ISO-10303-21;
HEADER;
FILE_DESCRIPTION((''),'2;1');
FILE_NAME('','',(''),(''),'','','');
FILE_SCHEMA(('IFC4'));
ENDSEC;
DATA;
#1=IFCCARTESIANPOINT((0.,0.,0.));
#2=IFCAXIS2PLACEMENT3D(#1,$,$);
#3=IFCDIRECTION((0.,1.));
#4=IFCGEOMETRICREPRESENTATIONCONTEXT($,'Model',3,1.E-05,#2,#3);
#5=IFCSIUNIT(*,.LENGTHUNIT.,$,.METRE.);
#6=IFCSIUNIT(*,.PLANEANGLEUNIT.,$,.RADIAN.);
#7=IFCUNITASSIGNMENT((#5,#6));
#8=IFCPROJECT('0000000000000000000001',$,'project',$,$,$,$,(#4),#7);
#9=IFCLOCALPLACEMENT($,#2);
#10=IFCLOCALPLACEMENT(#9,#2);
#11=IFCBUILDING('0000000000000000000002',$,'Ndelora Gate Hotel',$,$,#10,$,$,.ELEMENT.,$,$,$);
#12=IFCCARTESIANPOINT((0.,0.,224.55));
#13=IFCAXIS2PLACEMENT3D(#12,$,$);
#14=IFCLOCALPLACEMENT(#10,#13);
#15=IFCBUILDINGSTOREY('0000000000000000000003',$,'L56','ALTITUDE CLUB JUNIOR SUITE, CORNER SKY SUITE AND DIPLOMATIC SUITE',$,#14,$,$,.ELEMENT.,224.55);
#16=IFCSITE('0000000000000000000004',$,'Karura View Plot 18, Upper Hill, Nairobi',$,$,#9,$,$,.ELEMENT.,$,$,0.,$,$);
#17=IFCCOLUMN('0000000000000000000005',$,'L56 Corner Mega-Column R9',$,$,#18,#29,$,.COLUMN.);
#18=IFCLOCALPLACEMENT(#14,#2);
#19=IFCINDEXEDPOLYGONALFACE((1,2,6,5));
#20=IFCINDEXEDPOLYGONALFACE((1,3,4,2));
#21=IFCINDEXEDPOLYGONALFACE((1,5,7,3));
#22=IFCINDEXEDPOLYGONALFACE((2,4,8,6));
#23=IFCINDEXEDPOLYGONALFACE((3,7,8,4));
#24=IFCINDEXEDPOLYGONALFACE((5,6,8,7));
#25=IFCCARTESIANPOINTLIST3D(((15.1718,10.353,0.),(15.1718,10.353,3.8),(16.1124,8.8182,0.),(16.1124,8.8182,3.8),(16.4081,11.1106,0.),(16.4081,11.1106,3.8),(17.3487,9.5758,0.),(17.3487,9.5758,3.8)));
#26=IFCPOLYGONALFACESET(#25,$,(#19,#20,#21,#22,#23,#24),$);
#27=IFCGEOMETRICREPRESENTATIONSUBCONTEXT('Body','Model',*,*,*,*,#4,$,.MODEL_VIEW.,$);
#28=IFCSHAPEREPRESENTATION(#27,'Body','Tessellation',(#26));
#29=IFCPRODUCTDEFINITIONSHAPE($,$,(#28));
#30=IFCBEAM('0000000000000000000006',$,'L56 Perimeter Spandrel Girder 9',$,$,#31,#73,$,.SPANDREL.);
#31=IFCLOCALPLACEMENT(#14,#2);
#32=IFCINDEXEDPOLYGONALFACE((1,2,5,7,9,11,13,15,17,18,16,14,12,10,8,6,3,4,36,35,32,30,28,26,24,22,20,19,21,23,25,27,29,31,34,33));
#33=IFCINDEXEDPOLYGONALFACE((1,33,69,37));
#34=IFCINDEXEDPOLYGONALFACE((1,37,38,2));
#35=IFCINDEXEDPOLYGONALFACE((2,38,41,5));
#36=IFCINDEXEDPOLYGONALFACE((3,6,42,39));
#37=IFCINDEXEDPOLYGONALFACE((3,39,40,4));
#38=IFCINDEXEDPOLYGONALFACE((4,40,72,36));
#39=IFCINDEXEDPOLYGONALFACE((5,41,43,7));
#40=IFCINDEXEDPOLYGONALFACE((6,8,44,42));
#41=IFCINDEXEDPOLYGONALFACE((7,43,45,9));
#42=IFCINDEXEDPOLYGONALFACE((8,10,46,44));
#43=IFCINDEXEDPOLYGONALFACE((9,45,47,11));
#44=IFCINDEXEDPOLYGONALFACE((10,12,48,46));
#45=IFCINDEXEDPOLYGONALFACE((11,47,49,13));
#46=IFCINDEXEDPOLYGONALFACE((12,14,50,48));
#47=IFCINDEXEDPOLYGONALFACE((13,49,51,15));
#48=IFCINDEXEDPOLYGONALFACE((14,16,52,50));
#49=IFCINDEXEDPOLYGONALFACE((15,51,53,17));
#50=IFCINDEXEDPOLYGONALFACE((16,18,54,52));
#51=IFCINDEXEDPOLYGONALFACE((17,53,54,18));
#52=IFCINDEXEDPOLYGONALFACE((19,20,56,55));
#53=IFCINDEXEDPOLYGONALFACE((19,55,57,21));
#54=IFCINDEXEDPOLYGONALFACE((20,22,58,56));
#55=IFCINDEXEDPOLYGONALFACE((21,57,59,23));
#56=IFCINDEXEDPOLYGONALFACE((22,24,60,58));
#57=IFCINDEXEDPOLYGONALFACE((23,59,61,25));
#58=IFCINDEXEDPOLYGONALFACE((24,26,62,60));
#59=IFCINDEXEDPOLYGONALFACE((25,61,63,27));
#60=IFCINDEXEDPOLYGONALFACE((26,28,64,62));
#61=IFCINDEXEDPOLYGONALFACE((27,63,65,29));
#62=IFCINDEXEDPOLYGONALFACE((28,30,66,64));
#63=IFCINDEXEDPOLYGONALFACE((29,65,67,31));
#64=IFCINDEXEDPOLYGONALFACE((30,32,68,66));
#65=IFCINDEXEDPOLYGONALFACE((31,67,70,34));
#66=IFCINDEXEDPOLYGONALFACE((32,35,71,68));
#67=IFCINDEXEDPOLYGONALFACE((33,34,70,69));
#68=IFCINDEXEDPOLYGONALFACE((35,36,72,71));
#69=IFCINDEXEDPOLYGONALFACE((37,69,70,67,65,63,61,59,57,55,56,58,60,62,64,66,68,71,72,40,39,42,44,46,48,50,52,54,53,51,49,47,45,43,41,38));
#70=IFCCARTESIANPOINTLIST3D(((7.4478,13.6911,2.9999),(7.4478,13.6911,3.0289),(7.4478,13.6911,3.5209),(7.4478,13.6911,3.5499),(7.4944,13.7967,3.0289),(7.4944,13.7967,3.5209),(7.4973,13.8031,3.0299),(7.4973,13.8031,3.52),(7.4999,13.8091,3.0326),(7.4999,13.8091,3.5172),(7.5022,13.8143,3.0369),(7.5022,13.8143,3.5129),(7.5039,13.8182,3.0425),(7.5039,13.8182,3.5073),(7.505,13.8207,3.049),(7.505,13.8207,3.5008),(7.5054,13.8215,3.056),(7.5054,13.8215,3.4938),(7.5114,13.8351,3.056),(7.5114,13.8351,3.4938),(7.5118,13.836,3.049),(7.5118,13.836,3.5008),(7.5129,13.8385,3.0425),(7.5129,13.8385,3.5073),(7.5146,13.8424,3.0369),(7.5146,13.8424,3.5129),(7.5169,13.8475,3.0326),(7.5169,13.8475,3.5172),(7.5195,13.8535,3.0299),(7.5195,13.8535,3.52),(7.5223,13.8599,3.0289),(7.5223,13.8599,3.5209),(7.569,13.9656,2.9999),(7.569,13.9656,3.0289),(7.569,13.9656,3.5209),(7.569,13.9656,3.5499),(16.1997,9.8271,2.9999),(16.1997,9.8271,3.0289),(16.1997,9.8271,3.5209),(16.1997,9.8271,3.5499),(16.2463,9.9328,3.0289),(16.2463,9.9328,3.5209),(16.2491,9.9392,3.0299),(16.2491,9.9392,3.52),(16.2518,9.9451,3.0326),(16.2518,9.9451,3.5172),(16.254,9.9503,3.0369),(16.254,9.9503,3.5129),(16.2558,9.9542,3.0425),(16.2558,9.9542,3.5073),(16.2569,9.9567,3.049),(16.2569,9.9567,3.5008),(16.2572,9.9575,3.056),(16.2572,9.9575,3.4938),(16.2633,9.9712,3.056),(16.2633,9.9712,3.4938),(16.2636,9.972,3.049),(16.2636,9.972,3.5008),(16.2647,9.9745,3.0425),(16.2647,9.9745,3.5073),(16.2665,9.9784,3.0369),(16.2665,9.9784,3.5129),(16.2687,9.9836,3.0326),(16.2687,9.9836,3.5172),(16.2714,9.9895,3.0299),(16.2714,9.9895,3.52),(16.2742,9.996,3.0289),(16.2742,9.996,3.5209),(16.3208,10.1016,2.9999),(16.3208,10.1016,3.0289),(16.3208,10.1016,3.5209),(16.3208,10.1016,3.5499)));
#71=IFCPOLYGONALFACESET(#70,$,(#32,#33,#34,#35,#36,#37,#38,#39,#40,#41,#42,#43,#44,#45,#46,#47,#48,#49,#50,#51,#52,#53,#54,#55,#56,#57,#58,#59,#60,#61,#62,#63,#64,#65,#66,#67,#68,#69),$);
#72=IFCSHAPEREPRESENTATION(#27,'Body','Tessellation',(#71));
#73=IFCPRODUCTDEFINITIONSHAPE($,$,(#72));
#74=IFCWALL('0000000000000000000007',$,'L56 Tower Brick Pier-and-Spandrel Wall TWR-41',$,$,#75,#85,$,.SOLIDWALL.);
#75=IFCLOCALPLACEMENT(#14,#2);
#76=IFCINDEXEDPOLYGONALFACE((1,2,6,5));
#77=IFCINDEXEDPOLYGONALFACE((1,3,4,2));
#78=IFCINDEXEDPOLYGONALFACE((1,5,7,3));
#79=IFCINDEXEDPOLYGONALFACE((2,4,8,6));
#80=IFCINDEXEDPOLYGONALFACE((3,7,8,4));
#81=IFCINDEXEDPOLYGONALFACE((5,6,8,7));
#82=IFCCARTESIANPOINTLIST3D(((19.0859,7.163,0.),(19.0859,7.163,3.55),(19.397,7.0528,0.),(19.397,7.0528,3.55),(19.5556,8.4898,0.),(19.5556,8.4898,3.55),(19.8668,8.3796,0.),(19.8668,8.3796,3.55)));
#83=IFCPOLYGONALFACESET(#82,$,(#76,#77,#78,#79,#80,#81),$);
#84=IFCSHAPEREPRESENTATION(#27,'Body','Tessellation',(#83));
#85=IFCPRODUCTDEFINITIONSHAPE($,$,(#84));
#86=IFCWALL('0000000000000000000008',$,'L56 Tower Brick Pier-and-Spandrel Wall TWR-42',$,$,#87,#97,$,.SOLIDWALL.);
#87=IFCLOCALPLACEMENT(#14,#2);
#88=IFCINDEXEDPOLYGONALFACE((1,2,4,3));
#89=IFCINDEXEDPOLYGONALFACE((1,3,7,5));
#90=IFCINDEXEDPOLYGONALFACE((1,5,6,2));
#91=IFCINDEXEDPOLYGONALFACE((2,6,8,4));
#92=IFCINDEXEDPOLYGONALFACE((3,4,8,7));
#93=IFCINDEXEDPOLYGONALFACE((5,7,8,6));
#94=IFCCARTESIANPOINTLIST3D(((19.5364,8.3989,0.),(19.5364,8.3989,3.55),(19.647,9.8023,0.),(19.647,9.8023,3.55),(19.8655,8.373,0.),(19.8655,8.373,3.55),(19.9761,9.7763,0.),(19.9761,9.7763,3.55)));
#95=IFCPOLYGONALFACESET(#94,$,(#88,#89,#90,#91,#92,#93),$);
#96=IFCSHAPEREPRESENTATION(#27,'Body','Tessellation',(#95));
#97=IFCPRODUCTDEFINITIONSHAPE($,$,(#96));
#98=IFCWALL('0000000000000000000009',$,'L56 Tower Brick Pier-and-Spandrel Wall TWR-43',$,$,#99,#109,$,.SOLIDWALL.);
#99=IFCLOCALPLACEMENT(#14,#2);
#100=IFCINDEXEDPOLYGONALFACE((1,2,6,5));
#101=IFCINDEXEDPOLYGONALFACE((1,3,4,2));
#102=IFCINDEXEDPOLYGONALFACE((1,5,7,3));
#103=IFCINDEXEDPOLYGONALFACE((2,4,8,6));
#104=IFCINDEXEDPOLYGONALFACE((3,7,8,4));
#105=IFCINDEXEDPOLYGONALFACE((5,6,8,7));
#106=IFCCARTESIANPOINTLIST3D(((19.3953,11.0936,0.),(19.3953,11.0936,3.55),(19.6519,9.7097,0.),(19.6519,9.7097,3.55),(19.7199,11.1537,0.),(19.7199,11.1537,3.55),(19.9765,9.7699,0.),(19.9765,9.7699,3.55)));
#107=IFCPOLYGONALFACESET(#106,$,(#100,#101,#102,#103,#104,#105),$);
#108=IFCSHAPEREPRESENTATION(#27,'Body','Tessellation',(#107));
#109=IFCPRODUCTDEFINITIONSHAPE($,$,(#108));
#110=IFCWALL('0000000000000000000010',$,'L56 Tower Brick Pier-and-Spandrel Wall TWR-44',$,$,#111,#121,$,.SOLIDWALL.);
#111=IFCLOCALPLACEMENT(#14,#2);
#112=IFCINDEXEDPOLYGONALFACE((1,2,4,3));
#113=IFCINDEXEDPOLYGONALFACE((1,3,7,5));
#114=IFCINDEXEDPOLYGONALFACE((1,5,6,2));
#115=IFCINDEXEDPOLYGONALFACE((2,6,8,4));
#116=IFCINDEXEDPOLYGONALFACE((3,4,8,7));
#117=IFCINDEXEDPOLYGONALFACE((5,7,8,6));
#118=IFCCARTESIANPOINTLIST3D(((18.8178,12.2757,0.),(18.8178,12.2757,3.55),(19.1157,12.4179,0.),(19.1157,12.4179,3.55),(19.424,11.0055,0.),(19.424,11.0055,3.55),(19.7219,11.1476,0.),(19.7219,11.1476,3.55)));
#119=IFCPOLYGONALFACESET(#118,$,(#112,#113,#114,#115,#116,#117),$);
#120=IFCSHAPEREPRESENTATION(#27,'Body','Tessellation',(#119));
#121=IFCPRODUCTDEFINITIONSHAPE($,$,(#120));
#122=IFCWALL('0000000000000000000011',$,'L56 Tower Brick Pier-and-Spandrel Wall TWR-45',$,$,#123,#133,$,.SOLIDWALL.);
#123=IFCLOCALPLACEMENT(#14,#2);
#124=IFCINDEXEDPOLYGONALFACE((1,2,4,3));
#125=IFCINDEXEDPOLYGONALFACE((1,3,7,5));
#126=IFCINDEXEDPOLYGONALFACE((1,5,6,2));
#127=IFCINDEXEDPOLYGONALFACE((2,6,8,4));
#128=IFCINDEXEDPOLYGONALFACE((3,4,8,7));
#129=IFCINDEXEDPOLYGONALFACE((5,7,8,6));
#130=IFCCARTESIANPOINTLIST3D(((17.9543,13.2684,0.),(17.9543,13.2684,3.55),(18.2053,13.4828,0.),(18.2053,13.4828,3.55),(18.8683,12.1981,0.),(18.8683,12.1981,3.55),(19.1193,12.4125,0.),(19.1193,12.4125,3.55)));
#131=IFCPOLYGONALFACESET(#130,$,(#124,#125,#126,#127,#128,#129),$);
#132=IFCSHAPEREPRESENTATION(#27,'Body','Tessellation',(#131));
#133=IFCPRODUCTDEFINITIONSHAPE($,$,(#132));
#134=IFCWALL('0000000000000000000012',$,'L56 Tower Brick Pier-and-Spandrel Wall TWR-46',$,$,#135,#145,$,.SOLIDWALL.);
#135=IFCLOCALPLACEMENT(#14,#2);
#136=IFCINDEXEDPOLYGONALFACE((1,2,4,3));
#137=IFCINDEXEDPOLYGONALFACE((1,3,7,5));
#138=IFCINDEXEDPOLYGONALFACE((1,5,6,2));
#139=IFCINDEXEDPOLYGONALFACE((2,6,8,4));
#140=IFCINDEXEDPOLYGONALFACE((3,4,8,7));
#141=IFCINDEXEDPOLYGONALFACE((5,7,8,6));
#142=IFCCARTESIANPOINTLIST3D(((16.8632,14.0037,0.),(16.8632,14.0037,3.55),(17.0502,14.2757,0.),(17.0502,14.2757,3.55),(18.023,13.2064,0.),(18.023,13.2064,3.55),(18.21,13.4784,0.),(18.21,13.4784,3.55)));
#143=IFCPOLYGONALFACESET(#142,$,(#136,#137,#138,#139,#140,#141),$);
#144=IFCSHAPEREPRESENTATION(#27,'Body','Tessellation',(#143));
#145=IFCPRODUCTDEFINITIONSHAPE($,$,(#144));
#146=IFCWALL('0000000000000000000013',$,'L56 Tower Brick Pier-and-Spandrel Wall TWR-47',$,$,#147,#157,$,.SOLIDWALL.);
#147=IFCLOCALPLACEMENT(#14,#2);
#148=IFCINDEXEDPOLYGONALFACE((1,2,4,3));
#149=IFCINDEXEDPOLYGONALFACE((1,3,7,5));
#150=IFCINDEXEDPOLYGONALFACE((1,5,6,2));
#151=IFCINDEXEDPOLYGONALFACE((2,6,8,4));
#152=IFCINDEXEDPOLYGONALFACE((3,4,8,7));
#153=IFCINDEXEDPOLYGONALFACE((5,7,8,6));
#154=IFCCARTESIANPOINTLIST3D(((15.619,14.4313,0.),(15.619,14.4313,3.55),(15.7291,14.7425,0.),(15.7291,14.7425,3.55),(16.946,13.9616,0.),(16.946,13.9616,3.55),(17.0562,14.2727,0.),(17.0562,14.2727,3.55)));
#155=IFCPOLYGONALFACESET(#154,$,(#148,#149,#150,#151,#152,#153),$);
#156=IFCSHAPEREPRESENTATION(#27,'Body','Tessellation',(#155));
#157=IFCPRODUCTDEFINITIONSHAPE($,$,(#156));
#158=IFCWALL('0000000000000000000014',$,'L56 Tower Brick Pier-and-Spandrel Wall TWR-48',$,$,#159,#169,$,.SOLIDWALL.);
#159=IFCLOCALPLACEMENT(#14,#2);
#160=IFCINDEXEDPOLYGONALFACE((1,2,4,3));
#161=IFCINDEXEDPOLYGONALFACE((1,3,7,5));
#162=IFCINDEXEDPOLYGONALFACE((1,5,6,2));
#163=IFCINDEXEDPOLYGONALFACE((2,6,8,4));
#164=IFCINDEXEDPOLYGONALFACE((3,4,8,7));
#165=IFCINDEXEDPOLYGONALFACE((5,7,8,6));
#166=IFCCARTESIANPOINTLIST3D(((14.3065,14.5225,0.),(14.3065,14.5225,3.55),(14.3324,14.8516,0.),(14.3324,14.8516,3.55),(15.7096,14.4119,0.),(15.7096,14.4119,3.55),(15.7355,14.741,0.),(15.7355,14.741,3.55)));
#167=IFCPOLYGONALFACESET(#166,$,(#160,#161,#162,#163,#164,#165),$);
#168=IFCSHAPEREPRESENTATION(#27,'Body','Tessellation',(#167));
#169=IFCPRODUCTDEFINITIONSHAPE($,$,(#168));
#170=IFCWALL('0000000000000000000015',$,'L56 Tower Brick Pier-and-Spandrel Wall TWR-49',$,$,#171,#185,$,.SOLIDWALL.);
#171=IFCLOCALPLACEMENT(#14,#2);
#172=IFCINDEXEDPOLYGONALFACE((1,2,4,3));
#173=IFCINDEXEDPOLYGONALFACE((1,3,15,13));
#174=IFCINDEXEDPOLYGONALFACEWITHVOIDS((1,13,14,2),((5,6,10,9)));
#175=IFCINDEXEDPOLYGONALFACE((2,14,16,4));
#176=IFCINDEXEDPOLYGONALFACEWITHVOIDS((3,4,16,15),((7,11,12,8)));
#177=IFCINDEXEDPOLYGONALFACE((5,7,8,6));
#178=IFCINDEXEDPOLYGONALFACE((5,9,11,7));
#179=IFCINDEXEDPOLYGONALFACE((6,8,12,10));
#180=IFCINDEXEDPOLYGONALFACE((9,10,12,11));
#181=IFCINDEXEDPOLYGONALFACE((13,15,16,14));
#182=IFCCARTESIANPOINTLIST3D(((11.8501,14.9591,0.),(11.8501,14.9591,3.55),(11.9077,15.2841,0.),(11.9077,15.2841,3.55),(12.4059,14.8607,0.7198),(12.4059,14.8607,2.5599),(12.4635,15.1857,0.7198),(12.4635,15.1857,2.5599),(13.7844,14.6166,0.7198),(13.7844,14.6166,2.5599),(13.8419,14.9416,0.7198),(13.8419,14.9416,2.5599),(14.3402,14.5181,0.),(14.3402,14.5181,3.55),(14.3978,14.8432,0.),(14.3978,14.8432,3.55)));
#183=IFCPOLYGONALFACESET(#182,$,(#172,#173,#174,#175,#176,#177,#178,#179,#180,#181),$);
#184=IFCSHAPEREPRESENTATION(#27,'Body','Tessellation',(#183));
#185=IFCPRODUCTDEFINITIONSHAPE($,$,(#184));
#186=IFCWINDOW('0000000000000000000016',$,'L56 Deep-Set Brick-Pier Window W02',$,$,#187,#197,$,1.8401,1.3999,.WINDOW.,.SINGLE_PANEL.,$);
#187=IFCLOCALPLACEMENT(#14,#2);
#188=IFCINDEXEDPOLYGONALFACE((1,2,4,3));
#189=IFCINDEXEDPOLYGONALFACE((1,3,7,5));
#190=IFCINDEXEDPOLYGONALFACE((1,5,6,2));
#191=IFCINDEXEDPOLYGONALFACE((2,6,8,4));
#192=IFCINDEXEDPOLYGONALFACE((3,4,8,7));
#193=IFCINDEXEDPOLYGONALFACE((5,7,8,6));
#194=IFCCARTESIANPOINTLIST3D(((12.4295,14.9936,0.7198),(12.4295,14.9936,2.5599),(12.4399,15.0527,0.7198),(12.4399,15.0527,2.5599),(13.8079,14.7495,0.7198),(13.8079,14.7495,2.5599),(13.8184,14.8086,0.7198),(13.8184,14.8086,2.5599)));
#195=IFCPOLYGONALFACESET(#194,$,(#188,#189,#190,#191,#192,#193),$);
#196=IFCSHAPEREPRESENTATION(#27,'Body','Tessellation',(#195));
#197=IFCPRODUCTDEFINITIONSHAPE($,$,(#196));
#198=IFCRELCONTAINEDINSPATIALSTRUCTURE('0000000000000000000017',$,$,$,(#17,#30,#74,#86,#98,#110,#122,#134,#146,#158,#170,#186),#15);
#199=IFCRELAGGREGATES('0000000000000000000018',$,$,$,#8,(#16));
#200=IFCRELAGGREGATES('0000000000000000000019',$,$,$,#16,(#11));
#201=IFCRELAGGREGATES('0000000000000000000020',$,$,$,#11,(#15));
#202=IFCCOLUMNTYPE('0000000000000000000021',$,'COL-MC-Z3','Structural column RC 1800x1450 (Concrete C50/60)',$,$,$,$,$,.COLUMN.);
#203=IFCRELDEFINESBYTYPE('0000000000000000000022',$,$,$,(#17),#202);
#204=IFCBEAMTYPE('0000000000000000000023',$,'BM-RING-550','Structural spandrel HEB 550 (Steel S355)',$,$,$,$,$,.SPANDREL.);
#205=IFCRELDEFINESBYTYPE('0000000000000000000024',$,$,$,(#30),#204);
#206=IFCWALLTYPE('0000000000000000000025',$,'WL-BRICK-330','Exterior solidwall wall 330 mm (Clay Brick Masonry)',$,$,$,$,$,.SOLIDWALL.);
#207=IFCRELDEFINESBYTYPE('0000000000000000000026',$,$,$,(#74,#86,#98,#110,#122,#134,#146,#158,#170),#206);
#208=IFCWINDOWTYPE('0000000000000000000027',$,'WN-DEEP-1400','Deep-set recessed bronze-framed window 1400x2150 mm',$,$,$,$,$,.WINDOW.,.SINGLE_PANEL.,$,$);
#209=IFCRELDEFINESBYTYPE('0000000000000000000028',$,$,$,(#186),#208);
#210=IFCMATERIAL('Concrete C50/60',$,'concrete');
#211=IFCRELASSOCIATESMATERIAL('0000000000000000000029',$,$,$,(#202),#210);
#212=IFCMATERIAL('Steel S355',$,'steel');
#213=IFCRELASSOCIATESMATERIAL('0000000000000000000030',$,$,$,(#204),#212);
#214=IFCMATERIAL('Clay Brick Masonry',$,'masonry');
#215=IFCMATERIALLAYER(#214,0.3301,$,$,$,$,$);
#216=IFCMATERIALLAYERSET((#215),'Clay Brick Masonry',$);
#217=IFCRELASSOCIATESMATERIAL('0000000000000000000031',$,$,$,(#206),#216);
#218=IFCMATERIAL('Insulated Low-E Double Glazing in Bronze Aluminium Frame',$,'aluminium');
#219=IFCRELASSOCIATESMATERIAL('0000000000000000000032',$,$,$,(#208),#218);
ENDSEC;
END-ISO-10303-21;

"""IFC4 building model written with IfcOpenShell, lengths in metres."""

from ifc_helpers import new_model, si_unit, direction, frame, frame_2d, origin, origin_2d, place, context, subcontext, project, spatial, rectangle, i_section, extrude, material, layer, layer_set, material_profile, profile_set, type_object, element, fill, save


model = new_model("IFC4")

# Units and contexts
model_context = context("Model", 3, precision=1e-05, world=origin(), true_north=direction((0.0, 1.0)))
body_context = subcontext(model_context, "Body", "Model", "MODEL_VIEW")
ifc_project = project(units=[si_unit("LENGTHUNIT", "METRE"), si_unit("PLANEANGLEUNIT", "RADIAN")], contexts=[model_context])

# Site, building, storey
site_placement = place(None, origin())
site = spatial("IfcSite", under=ifc_project, at=site_placement, Name="Karura View Plot 18, Upper Hill, Nairobi", CompositionType="ELEMENT", RefElevation=0.0)
building_placement = place(site_placement, origin())
building = spatial("IfcBuilding", under=site, at=building_placement, Name="Ndelora Gate Hotel", CompositionType="ELEMENT")
storey_placement = place(building_placement, frame((0.0, 0.0, 224.55)))
storey = spatial("IfcBuildingStorey", under=building, at=storey_placement, Name="L56", Description="ALTITUDE CLUB JUNIOR SUITE, CORNER SKY SUITE AND DIPLOMATIC SUITE", CompositionType="ELEMENT", Elevation=224.55)

# Column
ifc_material_1 = material(Name="Concrete C50/60", Category="concrete")
ifc_material_profile_1 = material_profile(ifc_material_1, rectangle(XDim=1.45, YDim=1.8, at=origin_2d()), Name="RC 1800x1450")
ifc_profile_set_1 = profile_set([ifc_material_profile_1], Name="Concrete C50/60")
column_type = type_object("IfcColumnType", Name="COL-MC-Z3", Description="Structural column RC 1800x1450 (Concrete C50/60)", PredefinedType="COLUMN", material=ifc_profile_set_1)
column_placement = place(storey_placement, frame((16.2603, 9.9644, 0.0), z_axis=(0.0, 0.0, 1.0), x_axis=(0.85264, 0.522499, 0.0)))
element("IfcColumn", 1, at=column_placement, inside=storey, type_object=column_type, Name="L56 Corner Mega-Column R9", PredefinedType="COLUMN", context=body_context, shape_type="SweptSolid", body=[
    extrude(rectangle(XDim=1.45, YDim=1.8, at=origin_2d()), origin(), (0.0, 0.0, 1.0), 3.8),
])

# Beam
ifc_material_2 = material(Name="Steel S355", Category="steel")
ifc_material_profile_2 = material_profile(ifc_material_2, i_section(OverallWidth=0.3, OverallDepth=0.55, WebThickness=0.0149, FlangeThickness=0.0291, FilletRadius=0.0271, at=origin_2d()), Name="HEB 550")
ifc_profile_set_2 = profile_set([ifc_material_profile_2], Name="Steel S355")
beam_type = type_object("IfcBeamType", Name="BM-RING-550", Description="Structural spandrel HEB 550 (Steel S355)", PredefinedType="SPANDREL", material=ifc_profile_set_2)
beam_placement = place(storey_placement, frame((16.2603, 9.9644, 3.2749), z_axis=(-0.914807, 0.40389, 0.0), x_axis=(-0.40389, -0.914807, 0.0)))
element("IfcBeam", 2, at=beam_placement, inside=storey, type_object=beam_type, Name="L56 Perimeter Spandrel Girder 9", PredefinedType="SPANDREL", context=body_context, shape_type="SweptSolid", body=[
    extrude(i_section(OverallWidth=0.3, OverallDepth=0.55, WebThickness=0.0149, FlangeThickness=0.0291, FilletRadius=0.0271, at=origin_2d()), origin(), (0.0, 0.0, 1.0), 9.5669),
])

# Walls
ifc_material_3 = material(Name="Clay Brick Masonry", Category="masonry")
ifc_layer_1 = layer(ifc_material_3, 0.3301)
ifc_layer_set_1 = layer_set([ifc_layer_1], Name="Clay Brick Masonry")
wall_type_1 = type_object("IfcWallType", Name="WL-BRICK-330", Description="Exterior solidwall wall 330 mm (Clay Brick Masonry)", PredefinedType="SOLIDWALL", material=ifc_layer_set_1)
wall_1_placement = place(storey_placement, frame((19.7112, 8.4346, 0.0), z_axis=(0.0, 0.0, 1.0), x_axis=(-0.333764, -0.942657, 0.0)))
element("IfcWall", 3, at=wall_1_placement, inside=storey, type_object=wall_type_1, Name="L56 Tower Brick Pier-and-Spandrel Wall TWR-41", PredefinedType="SOLIDWALL", context=body_context, shape_type="SweptSolid", body=[
    extrude(rectangle(XDim=1.4075, YDim=0.3301, at=frame_2d((0.7036, 0.0))), origin(), (0.0, 0.0, 1.0), 3.55),
])
wall_2_placement = place(storey_placement, frame((19.8115, 9.7893, 0.0), z_axis=(0.0, 0.0, 1.0), x_axis=(-0.078566, -0.996909, 0.0)))
element("IfcWall", 4, at=wall_2_placement, inside=storey, type_object=wall_type_1, Name="L56 Tower Brick Pier-and-Spandrel Wall TWR-42", PredefinedType="SOLIDWALL", context=body_context, shape_type="SweptSolid", body=[
    extrude(rectangle(XDim=1.4077, YDim=0.3301, at=frame_2d((0.7039, 0.0))), origin(), (0.0, 0.0, 1.0), 3.55),
])
for number, where, z_axis, x_axis, name in (
    (5, (19.5576, 11.1235, 0.0), (0.0, 0.0, 1.0), (0.182319, -0.983239, 0.0), "L56 Tower Brick Pier-and-Spandrel Wall TWR-43"),
    (6, (18.9668, 12.3467, 0.0), (0.0, 0.0, 1.0), (0.430694, -0.902498, 0.0), "L56 Tower Brick Pier-and-Spandrel Wall TWR-44"),
    (7, (18.0798, 13.3755, 0.0), (0.0, 0.0, 1.0), (0.649419, -0.760431, 0.0), "L56 Tower Brick Pier-and-Spandrel Wall TWR-45"),
    (8, (16.9568, 14.1396, 0.0), (0.0, 0.0, 1.0), (0.824067, -0.566492, 0.0), "L56 Tower Brick Pier-and-Spandrel Wall TWR-46"),
):
    element("IfcWall", number, at=place(storey_placement, frame(where, z_axis=z_axis, x_axis=x_axis)), inside=storey, type_object=wall_type_1, Name=name, PredefinedType="SOLIDWALL", context=body_context, shape_type="SweptSolid", body=[
        extrude(rectangle(XDim=1.4075, YDim=0.3301, at=frame_2d((0.7036, 0.0))), origin(), (0.0, 0.0, 1.0), 3.55),
    ])
wall_3_placement = place(storey_placement, frame((15.6741, 14.5869, 0.0), z_axis=(0.0, 0.0, 1.0), x_axis=(0.942676, -0.333709, 0.0)))
element("IfcWall", 9, at=wall_3_placement, inside=storey, type_object=wall_type_1, Name="L56 Tower Brick Pier-and-Spandrel Wall TWR-47", PredefinedType="SOLIDWALL", context=body_context, shape_type="SweptSolid", body=[
    extrude(rectangle(XDim=1.4077, YDim=0.3301, at=frame_2d((0.7039, 0.0))), origin(), (0.0, 0.0, 1.0), 3.55),
])
wall_4_placement = place(storey_placement, frame((14.3196, 14.687, 0.0), z_axis=(0.0, 0.0, 1.0), x_axis=(0.996908, -0.07858, 0.0)))
element("IfcWall", 10, at=wall_4_placement, inside=storey, type_object=wall_type_1, Name="L56 Tower Brick Pier-and-Spandrel Wall TWR-48", PredefinedType="SOLIDWALL", context=body_context, shape_type="SweptSolid", body=[
    extrude(rectangle(XDim=1.4075, YDim=0.3301, at=frame_2d((0.7036, 0.0))), origin(), (0.0, 0.0, 1.0), 3.55),
])

# Wall, opening, window
wall_5_placement = place(storey_placement, frame((11.8789, 15.1216, 0.0), z_axis=(0.0, 0.0, 1.0), x_axis=(0.984681, -0.174364, 0.0)))
wall_5 = element("IfcWall", 11, at=wall_5_placement, inside=storey, type_object=wall_type_1, Name="L56 Tower Brick Pier-and-Spandrel Wall TWR-49", PredefinedType="SOLIDWALL", context=body_context, shape_type="SweptSolid", body=[
    extrude(rectangle(XDim=2.5288, YDim=0.3301, at=frame_2d((1.2644, 0.0))), origin(), (0.0, 0.0, 1.0), 3.55),
])
opening_1_placement = place(wall_5_placement, frame((0.5645, 0.0, 0.72)))
opening_1 = element("IfcOpeningElement", 12, at=opening_1_placement, cuts=wall_5, PredefinedType="OPENING", context=body_context, shape_type="SweptSolid", body=[
    extrude(rectangle(XDim=1.3999, YDim=1.8401, at=frame_2d((0.7, 0.9199))), frame((0.0, 0.175, 0.0), z_axis=(0.0, -1.0, 0.0), x_axis=(1.0, 0.0, 0.0)), (0.0, 0.0, 1.0), 0.3501),
])
ifc_material_4 = material(Name="Insulated Low-E Double Glazing in Bronze Aluminium Frame", Category="aluminium")
window_type = type_object("IfcWindowType", Name="WN-DEEP-1400", Description="Deep-set recessed bronze-framed window 1400x2150 mm", PartitioningType="SINGLE_PANEL", PredefinedType="WINDOW", material=ifc_material_4)
window_1_placement = place(opening_1_placement, origin())
window_1 = element("IfcWindow", 13, at=window_1_placement, inside=storey, type_object=window_type, Name="L56 Deep-Set Brick-Pier Window W02", OverallHeight=1.8401, OverallWidth=1.3999, PartitioningType="SINGLE_PANEL", PredefinedType="WINDOW", context=body_context, shape_type="SweptSolid", body=[
    extrude(rectangle(XDim=1.3999, YDim=1.8401, at=frame_2d((0.7, 0.9199))), frame((0.0, 0.03, 0.0), z_axis=(0.0, -1.0, 0.0), x_axis=(1.0, 0.0, 0.0)), (0.0, 0.0, 1.0), 0.0601),
])
fill(opening_1, window_1)

save(model, "model.ifc")
